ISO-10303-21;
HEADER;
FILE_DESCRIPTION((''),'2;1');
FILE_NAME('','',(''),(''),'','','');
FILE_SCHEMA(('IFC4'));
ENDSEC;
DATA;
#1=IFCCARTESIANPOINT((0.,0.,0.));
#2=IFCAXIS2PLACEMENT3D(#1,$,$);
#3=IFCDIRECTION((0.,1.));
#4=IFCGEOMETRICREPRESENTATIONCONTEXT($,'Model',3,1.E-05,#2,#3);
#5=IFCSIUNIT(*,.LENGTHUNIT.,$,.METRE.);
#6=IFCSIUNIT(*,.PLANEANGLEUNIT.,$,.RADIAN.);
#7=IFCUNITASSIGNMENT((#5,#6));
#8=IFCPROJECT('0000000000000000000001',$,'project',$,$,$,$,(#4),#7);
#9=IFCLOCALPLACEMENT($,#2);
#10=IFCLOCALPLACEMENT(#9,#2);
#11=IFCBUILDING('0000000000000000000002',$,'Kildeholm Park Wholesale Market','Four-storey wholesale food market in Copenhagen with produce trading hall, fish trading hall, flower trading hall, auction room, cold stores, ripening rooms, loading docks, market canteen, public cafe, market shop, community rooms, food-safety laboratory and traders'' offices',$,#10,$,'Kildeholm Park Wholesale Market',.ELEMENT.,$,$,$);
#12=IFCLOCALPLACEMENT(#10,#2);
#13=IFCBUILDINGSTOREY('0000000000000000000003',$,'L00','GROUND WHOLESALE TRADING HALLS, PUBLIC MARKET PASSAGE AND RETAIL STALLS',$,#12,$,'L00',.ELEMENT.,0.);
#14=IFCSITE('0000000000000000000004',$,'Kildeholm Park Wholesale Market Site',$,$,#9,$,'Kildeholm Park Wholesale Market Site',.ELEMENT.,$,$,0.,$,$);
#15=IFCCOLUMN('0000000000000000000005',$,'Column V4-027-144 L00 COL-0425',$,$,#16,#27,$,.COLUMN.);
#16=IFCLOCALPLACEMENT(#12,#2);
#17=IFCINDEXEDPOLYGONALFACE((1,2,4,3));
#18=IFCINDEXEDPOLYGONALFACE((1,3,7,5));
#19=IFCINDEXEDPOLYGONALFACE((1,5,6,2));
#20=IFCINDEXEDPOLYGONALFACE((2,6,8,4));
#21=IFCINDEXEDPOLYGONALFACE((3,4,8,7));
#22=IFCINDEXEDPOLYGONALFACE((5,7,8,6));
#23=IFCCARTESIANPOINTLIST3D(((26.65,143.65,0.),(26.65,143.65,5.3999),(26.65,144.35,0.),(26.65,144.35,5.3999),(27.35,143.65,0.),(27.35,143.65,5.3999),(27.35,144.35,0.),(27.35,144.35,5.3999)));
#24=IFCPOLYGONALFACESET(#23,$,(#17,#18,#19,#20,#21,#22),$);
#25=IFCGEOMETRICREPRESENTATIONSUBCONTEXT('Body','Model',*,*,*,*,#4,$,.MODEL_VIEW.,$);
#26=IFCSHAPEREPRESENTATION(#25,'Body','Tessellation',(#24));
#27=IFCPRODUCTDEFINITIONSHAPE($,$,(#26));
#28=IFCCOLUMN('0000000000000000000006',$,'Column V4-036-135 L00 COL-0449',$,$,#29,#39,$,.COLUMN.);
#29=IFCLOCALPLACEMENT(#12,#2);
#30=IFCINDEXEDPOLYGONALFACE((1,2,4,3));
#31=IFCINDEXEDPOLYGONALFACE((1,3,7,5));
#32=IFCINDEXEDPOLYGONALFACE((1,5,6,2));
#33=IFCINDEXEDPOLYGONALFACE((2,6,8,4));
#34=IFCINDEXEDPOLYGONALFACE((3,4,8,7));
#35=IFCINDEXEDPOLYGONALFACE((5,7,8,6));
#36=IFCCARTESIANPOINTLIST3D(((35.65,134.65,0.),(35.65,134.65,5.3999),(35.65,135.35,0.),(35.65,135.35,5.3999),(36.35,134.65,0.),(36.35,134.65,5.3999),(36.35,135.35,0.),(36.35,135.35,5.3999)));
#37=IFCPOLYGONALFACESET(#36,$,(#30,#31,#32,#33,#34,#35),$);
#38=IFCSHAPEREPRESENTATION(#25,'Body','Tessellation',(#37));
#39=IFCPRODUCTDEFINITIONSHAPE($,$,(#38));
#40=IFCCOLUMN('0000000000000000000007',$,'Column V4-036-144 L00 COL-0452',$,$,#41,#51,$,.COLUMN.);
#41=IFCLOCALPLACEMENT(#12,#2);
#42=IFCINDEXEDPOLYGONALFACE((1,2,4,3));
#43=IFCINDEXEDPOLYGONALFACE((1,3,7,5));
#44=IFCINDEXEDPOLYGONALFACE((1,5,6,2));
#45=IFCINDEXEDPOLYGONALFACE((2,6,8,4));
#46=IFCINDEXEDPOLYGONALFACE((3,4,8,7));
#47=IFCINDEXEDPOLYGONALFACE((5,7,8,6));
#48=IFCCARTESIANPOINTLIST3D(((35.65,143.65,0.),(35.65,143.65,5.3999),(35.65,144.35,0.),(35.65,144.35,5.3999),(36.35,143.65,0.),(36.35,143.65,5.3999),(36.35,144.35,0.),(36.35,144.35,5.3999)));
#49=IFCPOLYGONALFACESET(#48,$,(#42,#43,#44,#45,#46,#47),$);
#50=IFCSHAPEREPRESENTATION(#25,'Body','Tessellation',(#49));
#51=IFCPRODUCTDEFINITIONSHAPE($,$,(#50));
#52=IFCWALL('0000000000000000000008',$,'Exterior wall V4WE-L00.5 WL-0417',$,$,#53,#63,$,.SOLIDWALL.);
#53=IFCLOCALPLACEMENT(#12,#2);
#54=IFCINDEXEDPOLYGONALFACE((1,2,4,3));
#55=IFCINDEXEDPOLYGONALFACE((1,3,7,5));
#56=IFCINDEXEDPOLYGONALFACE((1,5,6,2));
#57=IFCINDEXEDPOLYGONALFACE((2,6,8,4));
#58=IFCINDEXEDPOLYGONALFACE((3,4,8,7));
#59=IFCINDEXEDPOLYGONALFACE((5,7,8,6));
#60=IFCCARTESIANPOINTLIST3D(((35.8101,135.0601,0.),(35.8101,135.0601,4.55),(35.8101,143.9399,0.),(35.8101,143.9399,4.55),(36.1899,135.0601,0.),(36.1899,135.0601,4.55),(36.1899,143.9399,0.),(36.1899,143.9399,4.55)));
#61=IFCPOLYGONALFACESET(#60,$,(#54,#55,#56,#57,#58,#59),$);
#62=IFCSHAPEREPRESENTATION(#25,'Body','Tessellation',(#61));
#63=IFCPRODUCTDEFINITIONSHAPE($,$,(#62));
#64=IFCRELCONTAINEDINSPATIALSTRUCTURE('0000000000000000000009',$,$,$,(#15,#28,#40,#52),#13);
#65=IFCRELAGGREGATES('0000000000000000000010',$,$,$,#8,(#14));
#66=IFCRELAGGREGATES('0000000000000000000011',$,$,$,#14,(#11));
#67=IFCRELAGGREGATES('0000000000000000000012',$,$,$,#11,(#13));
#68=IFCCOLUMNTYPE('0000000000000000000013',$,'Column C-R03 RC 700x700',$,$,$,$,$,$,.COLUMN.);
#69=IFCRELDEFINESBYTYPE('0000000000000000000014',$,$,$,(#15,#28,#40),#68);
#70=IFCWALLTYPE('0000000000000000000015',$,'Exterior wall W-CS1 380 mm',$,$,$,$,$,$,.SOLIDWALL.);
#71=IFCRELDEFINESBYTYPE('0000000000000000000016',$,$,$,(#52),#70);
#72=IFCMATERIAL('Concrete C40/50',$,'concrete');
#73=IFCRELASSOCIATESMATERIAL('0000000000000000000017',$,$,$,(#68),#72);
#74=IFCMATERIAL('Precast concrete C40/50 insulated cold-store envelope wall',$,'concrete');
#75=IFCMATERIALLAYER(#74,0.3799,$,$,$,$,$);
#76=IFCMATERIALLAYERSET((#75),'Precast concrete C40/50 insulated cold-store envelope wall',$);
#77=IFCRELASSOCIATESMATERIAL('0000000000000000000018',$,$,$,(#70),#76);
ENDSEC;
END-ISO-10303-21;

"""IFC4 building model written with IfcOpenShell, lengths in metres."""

from ifc_helpers import new_model, si_unit, direction, frame, frame_2d, origin, origin_2d, place, context, subcontext, project, spatial, rectangle, extrude, material, layer, layer_set, material_profile, profile_set, type_object, element, save


model = new_model("IFC4")

# Units and contexts
model_context = context("Model", 3, precision=1e-05, world=origin(), true_north=direction((0.0, 1.0)))
body_context = subcontext(model_context, "Body", "Model", "MODEL_VIEW")
ifc_project = project(units=[si_unit("LENGTHUNIT", "METRE"), si_unit("PLANEANGLEUNIT", "RADIAN")], contexts=[model_context])

# Site, building, storey
site_placement = place(None, origin())
site = spatial("IfcSite", under=ifc_project, at=site_placement, Name="Kildeholm Park Wholesale Market Site", LongName="Kildeholm Park Wholesale Market Site", CompositionType="ELEMENT", RefElevation=0.0)
building_placement = place(site_placement, origin())
building = spatial("IfcBuilding", under=site, at=building_placement, Name="Kildeholm Park Wholesale Market", Description="Four-storey wholesale food market in Copenhagen with produce trading hall, fish trading hall, flower trading hall, auction room, cold stores, ripening rooms, loading docks, market canteen, public cafe, market shop, community rooms, food-safety laboratory and traders' offices", LongName="Kildeholm Park Wholesale Market", CompositionType="ELEMENT")
storey_placement = place(building_placement, origin())
storey = spatial("IfcBuildingStorey", under=building, at=storey_placement, Name="L00", Description="GROUND WHOLESALE TRADING HALLS, PUBLIC MARKET PASSAGE AND RETAIL STALLS", LongName="L00", CompositionType="ELEMENT", Elevation=0.0)

# Columns
ifc_material_1 = material(Name="Concrete C40/50", Category="concrete")
ifc_material_profile_1 = material_profile(ifc_material_1, rectangle(XDim=0.7, YDim=0.7, at=origin_2d()), Name="RC 700x700")
ifc_profile_set_1 = profile_set([ifc_material_profile_1], Name="Concrete C40/50")
column_type = type_object("IfcColumnType", Name="Column C-R03 RC 700x700", PredefinedType="COLUMN", material=ifc_profile_set_1)
for number, where, z_axis, x_axis, name in (
    (1, (27.0, 144.0, 0.0), (0.0, 0.0, 1.0), (1.0, 0.0, 0.0), "Column V4-027-144 L00 COL-0425"),
    (2, (36.0, 135.0, 0.0), (0.0, 0.0, 1.0), (1.0, 0.0, 0.0), "Column V4-036-135 L00 COL-0449"),
    (3, (36.0, 144.0, 0.0), (0.0, 0.0, 1.0), (1.0, 0.0, 0.0), "Column V4-036-144 L00 COL-0452"),
):
    element("IfcColumn", number, at=place(storey_placement, frame(where, z_axis=z_axis, x_axis=x_axis)), inside=storey, type_object=column_type, Name=name, PredefinedType="COLUMN", context=body_context, shape_type="SweptSolid", body=[
        extrude(rectangle(XDim=0.7, YDim=0.7, at=origin_2d()), origin(), (0.0, 0.0, 1.0), 5.3999),
    ])

# Wall
ifc_material_2 = material(Name="Precast concrete C40/50 insulated cold-store envelope wall", Category="concrete")
ifc_layer = layer(ifc_material_2, 0.3799)
ifc_layer_set = layer_set([ifc_layer], Name="Precast concrete C40/50 insulated cold-store envelope wall")
wall_type = type_object("IfcWallType", Name="Exterior wall W-CS1 380 mm", PredefinedType="SOLIDWALL", material=ifc_layer_set)
wall_placement = place(storey_placement, frame((36.0, 135.0601, 0.0), z_axis=(0.0, 0.0, 1.0), x_axis=(0.0, 1.0, 0.0)))
element("IfcWall", 4, at=wall_placement, inside=storey, type_object=wall_type, Name="Exterior wall V4WE-L00.5 WL-0417", PredefinedType="SOLIDWALL", context=body_context, shape_type="SweptSolid", body=[
    extrude(rectangle(XDim=8.8799, YDim=0.3799, at=frame_2d((4.4399, 0.0))), origin(), (0.0, 0.0, 1.0), 4.55),
])

save(model, "model.ifc")
